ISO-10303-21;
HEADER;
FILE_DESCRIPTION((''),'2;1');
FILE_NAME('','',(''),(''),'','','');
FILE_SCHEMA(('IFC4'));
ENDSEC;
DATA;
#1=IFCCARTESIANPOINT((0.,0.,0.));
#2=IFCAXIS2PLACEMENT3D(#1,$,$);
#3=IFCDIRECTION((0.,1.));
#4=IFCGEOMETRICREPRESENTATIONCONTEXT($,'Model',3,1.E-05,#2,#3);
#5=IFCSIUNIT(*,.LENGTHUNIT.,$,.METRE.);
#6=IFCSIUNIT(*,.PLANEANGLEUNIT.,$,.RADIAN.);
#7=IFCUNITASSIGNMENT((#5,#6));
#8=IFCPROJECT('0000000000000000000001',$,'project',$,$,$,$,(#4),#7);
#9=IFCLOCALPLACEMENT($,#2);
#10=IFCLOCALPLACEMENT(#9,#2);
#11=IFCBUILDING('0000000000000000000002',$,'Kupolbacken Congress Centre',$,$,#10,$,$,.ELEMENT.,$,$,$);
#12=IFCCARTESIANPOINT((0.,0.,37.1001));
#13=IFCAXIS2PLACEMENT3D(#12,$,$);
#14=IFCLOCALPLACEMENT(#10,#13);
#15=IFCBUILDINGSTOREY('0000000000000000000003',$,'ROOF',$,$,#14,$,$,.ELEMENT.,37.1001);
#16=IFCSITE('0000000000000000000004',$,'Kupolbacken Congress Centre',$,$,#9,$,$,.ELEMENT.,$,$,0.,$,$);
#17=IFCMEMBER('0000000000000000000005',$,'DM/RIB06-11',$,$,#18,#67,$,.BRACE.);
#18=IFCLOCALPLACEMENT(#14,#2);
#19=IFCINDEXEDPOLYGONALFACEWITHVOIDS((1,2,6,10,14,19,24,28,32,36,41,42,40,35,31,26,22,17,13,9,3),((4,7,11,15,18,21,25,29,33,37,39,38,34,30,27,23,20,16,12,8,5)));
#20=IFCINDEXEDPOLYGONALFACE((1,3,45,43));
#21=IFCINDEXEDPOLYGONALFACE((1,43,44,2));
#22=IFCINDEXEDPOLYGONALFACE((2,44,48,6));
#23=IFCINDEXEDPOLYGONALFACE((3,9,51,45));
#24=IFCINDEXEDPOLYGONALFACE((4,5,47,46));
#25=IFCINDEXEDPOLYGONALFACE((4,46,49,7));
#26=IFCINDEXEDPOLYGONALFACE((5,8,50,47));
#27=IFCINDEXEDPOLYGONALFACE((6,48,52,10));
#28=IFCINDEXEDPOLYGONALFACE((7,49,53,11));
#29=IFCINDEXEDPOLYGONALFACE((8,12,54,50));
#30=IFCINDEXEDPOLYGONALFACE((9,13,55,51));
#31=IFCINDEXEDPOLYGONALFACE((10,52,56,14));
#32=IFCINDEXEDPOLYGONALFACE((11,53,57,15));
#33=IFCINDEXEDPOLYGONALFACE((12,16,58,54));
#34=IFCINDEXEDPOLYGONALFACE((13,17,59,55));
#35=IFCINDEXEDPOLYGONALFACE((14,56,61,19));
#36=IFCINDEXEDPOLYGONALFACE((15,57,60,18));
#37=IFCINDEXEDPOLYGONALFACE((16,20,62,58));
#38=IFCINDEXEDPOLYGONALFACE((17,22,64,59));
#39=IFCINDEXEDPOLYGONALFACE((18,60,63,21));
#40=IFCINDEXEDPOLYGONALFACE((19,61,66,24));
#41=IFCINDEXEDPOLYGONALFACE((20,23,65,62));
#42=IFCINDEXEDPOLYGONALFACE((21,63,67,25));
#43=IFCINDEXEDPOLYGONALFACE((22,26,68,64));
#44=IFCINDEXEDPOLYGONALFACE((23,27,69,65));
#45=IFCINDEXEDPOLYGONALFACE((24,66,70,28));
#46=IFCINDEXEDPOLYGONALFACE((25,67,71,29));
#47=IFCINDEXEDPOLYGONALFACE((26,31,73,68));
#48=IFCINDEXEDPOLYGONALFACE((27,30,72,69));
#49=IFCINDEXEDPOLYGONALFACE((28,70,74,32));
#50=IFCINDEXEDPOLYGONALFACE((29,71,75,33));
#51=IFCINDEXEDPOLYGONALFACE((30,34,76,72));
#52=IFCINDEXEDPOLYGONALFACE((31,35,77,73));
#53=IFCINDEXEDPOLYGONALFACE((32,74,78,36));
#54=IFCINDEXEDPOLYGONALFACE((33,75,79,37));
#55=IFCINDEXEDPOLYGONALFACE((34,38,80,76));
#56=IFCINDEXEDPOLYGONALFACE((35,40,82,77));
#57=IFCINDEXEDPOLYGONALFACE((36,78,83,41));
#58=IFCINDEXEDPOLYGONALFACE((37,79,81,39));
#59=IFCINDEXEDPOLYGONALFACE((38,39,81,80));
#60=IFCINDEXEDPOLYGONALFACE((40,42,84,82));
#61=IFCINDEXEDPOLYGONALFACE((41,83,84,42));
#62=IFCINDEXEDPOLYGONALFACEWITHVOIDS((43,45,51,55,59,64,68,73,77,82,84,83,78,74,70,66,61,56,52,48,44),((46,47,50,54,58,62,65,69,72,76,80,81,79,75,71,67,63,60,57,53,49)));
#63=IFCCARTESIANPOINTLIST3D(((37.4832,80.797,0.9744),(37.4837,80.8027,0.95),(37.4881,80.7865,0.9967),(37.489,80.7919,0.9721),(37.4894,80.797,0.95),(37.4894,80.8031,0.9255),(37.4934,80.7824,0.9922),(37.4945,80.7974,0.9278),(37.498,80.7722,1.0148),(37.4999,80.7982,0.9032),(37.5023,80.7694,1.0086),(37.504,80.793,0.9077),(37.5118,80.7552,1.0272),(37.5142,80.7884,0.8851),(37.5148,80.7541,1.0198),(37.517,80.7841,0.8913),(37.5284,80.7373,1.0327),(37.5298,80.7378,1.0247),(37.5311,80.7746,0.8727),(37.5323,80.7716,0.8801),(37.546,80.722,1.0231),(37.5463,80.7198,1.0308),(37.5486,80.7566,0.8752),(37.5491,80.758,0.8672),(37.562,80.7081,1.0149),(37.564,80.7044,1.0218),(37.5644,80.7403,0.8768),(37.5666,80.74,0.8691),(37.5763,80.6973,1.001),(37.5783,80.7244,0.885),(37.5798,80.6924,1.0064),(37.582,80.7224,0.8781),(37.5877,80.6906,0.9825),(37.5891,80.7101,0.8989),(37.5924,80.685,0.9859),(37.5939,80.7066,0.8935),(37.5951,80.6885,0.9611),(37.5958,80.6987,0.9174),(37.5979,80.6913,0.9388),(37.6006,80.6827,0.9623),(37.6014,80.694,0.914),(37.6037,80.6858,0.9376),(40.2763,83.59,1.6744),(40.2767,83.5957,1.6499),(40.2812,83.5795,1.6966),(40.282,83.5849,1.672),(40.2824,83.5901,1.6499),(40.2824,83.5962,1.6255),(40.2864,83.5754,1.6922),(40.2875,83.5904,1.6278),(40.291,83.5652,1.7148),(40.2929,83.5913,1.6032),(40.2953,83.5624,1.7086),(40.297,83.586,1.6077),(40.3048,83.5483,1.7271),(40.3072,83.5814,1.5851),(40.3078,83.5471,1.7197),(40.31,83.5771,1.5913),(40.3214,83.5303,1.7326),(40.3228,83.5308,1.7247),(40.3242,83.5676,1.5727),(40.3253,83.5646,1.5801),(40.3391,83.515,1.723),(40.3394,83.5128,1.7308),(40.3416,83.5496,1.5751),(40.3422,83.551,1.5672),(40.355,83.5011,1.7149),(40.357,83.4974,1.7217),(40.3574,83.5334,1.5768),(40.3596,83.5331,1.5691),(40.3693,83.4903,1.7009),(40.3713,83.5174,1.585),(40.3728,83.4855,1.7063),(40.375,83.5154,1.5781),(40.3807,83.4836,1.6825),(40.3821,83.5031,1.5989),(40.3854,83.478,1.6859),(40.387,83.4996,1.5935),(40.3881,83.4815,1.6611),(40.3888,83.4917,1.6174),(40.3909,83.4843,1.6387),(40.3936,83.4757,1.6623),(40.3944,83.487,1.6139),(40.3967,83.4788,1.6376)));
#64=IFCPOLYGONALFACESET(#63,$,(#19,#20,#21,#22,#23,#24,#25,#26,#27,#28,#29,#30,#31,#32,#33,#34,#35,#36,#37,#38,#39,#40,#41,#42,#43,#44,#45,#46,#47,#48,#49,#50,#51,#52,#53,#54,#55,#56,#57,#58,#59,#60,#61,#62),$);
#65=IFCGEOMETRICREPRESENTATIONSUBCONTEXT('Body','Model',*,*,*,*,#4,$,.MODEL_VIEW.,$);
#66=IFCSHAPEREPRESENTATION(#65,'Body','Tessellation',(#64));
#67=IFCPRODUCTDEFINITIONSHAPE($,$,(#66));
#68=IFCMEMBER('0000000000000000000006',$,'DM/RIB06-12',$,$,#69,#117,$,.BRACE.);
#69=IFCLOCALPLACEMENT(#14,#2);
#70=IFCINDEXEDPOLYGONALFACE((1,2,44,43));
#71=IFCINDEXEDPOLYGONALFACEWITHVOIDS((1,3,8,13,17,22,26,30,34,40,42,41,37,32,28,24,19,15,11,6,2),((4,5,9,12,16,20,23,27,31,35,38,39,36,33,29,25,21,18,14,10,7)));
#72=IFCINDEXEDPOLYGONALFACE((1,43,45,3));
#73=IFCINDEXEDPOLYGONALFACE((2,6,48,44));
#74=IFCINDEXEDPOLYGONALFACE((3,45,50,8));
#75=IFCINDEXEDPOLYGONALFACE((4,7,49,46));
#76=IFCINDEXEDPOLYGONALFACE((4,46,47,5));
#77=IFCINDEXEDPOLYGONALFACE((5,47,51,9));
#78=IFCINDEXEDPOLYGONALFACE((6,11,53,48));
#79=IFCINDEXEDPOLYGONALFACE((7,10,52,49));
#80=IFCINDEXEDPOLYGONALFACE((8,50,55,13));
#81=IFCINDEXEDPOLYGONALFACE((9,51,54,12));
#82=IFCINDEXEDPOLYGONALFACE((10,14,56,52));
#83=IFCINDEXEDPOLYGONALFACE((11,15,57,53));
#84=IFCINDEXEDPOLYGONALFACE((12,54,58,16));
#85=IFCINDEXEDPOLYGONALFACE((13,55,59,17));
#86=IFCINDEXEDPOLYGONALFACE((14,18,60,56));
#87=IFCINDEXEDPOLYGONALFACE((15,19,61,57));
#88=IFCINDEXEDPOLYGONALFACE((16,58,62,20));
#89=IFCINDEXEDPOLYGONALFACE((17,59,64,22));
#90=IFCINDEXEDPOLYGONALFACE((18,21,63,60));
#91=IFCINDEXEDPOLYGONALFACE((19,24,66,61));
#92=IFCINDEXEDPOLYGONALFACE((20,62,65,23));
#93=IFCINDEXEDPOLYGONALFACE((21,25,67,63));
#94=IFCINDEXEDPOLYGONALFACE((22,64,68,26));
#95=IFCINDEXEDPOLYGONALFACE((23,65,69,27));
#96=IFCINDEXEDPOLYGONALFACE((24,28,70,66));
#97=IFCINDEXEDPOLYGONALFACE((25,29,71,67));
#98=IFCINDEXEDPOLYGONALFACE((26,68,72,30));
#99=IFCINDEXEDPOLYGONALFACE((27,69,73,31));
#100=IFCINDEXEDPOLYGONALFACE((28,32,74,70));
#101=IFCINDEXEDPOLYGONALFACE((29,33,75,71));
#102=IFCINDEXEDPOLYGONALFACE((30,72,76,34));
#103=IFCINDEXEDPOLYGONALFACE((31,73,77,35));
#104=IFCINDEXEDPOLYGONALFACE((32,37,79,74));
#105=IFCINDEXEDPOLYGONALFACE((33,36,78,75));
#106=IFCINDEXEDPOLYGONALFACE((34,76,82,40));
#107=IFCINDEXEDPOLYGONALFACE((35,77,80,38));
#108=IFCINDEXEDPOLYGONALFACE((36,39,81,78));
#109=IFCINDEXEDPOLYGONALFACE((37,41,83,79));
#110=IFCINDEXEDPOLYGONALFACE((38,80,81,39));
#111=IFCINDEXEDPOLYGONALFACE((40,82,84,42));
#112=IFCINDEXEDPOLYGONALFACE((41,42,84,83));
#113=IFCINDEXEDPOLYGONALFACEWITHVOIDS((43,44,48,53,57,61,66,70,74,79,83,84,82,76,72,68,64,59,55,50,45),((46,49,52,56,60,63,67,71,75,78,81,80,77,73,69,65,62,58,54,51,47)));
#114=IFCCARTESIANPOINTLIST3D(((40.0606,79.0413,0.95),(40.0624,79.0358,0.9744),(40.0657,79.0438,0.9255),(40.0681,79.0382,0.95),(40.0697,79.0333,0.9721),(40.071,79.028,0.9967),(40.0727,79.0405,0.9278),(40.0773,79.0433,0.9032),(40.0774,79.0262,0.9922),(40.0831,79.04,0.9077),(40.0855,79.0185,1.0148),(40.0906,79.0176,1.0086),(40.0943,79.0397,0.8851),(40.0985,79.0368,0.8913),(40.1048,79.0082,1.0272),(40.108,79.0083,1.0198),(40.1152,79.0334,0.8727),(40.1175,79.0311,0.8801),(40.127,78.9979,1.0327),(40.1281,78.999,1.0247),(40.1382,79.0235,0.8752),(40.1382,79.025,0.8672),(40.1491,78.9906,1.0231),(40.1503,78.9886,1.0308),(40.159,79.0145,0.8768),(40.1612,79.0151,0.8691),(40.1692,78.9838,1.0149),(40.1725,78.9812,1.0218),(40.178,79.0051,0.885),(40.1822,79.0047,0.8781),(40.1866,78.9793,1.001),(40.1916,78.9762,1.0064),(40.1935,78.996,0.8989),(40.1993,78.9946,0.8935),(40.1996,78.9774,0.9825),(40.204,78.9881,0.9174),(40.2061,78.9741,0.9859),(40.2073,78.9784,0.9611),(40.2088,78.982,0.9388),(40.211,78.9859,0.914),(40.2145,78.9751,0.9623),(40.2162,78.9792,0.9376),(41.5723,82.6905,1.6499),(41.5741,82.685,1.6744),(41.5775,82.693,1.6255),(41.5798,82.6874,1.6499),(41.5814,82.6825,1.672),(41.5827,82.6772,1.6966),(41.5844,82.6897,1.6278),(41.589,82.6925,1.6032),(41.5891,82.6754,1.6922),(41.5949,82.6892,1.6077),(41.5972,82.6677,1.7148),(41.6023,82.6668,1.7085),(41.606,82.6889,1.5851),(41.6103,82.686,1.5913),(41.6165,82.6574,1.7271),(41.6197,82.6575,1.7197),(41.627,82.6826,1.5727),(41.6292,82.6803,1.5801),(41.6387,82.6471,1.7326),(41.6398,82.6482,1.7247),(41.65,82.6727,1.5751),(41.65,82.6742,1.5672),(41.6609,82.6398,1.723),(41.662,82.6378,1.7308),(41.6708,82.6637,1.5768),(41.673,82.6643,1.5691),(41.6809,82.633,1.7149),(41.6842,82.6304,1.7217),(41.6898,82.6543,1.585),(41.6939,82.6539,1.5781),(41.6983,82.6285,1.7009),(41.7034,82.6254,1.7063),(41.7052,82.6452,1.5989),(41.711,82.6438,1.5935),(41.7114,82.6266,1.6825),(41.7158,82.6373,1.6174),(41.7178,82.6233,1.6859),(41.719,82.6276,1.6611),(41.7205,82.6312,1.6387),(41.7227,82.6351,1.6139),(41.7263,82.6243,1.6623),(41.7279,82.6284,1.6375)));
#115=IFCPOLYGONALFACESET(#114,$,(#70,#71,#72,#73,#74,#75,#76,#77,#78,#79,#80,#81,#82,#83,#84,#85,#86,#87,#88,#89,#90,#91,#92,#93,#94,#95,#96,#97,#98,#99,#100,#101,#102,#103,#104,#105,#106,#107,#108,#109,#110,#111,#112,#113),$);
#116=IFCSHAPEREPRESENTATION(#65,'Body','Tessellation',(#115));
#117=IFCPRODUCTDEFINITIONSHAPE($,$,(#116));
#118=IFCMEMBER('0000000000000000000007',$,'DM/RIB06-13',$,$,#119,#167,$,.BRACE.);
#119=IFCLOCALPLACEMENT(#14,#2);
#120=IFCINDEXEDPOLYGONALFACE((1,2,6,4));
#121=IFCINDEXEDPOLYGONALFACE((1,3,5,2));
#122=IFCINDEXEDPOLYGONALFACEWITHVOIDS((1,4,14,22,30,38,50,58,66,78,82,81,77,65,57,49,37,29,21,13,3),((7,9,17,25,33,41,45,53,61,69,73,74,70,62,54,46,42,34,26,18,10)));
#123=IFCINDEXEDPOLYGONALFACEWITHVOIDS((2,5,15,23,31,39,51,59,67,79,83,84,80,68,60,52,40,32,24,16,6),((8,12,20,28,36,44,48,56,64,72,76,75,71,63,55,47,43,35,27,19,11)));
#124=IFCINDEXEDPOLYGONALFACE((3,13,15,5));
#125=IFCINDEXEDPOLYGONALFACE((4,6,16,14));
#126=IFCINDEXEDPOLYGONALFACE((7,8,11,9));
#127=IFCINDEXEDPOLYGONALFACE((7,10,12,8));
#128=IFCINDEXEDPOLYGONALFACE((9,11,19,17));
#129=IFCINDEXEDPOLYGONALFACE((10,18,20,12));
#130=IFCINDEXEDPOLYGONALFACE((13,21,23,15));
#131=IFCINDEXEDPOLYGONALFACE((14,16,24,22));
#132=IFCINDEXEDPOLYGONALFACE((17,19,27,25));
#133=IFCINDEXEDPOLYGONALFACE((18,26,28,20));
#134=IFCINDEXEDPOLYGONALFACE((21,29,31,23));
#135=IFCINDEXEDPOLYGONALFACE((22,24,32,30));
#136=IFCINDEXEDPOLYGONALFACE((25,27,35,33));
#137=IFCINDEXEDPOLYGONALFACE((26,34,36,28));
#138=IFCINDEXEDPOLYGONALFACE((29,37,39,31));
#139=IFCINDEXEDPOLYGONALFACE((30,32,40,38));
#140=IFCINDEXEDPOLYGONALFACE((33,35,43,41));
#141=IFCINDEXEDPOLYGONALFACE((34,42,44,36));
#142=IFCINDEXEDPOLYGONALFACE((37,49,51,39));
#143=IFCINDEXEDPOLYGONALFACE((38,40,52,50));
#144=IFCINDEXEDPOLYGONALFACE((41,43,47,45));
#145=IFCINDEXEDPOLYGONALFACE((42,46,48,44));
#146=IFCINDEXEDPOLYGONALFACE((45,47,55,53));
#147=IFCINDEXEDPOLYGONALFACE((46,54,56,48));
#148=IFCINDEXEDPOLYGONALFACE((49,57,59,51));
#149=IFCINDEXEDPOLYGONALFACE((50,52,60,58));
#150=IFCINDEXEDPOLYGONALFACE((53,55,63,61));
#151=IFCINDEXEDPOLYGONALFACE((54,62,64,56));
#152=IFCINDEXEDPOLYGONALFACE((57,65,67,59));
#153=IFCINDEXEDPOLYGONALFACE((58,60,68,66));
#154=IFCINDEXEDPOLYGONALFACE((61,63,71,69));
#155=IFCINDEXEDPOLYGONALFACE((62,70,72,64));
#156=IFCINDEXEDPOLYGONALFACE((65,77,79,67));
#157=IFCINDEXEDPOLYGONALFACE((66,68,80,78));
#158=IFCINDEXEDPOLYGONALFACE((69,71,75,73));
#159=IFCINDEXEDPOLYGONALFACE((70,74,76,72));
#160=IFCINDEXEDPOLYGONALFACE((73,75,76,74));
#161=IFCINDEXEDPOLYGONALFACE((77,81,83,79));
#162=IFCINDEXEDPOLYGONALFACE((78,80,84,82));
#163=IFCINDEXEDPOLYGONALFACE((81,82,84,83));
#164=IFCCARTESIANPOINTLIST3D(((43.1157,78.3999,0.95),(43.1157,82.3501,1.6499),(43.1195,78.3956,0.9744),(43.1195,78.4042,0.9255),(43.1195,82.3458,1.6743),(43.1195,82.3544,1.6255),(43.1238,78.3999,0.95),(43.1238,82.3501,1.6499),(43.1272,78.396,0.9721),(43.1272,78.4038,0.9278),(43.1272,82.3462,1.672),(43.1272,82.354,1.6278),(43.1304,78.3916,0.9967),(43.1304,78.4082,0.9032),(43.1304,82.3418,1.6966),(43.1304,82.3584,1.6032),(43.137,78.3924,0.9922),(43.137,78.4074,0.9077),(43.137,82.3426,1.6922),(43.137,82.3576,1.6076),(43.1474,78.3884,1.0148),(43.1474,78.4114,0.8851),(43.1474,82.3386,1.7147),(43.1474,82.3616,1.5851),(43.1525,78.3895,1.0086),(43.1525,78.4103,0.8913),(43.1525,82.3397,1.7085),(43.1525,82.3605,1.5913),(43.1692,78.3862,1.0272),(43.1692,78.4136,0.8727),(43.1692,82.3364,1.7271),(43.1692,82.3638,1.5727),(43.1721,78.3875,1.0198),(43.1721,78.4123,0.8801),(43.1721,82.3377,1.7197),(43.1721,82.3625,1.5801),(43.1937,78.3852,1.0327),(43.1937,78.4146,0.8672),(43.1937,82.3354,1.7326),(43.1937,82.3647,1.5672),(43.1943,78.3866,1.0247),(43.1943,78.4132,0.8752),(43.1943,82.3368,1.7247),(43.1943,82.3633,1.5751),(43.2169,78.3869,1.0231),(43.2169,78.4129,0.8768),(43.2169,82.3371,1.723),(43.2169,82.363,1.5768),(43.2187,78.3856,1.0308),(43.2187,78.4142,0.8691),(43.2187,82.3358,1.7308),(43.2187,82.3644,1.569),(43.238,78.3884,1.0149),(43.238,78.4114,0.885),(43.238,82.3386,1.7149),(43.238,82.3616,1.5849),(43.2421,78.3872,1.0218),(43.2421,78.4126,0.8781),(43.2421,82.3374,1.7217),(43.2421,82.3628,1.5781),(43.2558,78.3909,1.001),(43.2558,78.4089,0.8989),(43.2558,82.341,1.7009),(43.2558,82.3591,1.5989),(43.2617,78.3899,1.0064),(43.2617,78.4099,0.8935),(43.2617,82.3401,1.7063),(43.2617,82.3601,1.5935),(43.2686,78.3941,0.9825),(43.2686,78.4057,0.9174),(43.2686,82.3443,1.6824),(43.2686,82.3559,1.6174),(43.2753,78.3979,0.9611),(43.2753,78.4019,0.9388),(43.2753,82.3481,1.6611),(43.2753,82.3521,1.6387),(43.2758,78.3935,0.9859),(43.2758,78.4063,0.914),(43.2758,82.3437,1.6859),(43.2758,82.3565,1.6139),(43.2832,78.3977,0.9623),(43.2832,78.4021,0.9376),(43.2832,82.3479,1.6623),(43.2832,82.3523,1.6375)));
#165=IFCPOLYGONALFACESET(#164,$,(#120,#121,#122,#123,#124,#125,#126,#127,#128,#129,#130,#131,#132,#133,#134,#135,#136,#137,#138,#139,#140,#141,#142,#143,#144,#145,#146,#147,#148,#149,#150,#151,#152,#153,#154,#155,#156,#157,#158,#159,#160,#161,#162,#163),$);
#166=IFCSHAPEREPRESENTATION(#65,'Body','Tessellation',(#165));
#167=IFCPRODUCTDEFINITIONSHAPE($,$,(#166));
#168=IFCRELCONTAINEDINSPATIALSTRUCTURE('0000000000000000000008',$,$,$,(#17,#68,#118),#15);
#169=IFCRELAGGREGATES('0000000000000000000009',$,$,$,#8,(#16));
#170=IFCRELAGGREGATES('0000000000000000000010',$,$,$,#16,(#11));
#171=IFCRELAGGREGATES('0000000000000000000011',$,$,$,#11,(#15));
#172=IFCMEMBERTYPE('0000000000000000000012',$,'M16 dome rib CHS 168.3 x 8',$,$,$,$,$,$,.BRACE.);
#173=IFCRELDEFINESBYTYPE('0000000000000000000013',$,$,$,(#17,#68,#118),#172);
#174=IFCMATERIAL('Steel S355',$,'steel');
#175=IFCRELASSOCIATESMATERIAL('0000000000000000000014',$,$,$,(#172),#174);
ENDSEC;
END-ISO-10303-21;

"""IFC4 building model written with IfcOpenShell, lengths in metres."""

from ifc_helpers import new_model, si_unit, direction, frame, origin, origin_2d, place, context, subcontext, project, spatial, hollow_circle, extrude, material, material_profile, profile_set, type_object, element, save


model = new_model("IFC4")

# Units and contexts
model_context = context("Model", 3, precision=1e-05, world=origin(), true_north=direction((0.0, 1.0)))
body_context = subcontext(model_context, "Body", "Model", "MODEL_VIEW")
ifc_project = project(units=[si_unit("LENGTHUNIT", "METRE"), si_unit("PLANEANGLEUNIT", "RADIAN")], contexts=[model_context])

# Site, building, storey
site_placement = place(None, origin())
site = spatial("IfcSite", under=ifc_project, at=site_placement, Name="Kupolbacken Congress Centre", CompositionType="ELEMENT", RefElevation=0.0)
building_placement = place(site_placement, origin())
building = spatial("IfcBuilding", under=site, at=building_placement, Name="Kupolbacken Congress Centre", CompositionType="ELEMENT")
storey_placement = place(building_placement, frame((0.0, 0.0, 37.1001)))
storey = spatial("IfcBuildingStorey", under=building, at=storey_placement, Name="ROOF", CompositionType="ELEMENT", Elevation=37.1001)

# Members
ifc_material_1 = material(Name="Steel S355", Category="steel")
ifc_material_profile_1 = material_profile(ifc_material_1, hollow_circle(Radius=0.0842, WallThickness=0.0081, at=origin_2d()), Name="CHS 168.3 x 8")
ifc_profile_set_1 = profile_set([ifc_material_profile_1], Name="Steel S355")
member_type_1 = type_object("IfcMemberType", Name="M16 dome rib CHS 168.3 x 8", PredefinedType="BRACE", material=ifc_profile_set_1)
for number, where, z_axis, x_axis, name in (
    (1, (37.5432, 80.7432, 0.95), (0.696259, 0.696259, 0.174491), (-0.707107, 0.707107, 0.0), "DM/RIB06-11"),
    (2, (40.1384, 79.009, 0.95), (0.376852, 0.90969, 0.174489), (-0.923863, 0.382723, 0.0), "DM/RIB06-12"),
):
    element("IfcMember", number, at=place(storey_placement, frame(where, z_axis=z_axis, x_axis=x_axis)), inside=storey, type_object=member_type_1, Name=name, PredefinedType="BRACE", context=body_context, shape_type="SweptSolid", body=[
        extrude(hollow_circle(Radius=0.0842, WallThickness=0.0081, at=origin_2d()), origin(), (0.0, 0.0, 1.0), 4.0115),
    ])
member_1_placement = place(storey_placement, frame((43.2, 78.3999, 0.95), z_axis=(0.0, 0.984661, 0.174476), x_axis=(-1.0, 0.0, 0.0)))
element("IfcMember", 3, at=member_1_placement, inside=storey, type_object=member_type_1, Name="DM/RIB06-13", PredefinedType="BRACE", context=body_context, shape_type="SweptSolid", body=[
    extrude(hollow_circle(Radius=0.0842, WallThickness=0.0081, at=origin_2d()), origin(), (0.0, 0.0, 1.0), 4.0117),
])

save(model, "model.ifc")
